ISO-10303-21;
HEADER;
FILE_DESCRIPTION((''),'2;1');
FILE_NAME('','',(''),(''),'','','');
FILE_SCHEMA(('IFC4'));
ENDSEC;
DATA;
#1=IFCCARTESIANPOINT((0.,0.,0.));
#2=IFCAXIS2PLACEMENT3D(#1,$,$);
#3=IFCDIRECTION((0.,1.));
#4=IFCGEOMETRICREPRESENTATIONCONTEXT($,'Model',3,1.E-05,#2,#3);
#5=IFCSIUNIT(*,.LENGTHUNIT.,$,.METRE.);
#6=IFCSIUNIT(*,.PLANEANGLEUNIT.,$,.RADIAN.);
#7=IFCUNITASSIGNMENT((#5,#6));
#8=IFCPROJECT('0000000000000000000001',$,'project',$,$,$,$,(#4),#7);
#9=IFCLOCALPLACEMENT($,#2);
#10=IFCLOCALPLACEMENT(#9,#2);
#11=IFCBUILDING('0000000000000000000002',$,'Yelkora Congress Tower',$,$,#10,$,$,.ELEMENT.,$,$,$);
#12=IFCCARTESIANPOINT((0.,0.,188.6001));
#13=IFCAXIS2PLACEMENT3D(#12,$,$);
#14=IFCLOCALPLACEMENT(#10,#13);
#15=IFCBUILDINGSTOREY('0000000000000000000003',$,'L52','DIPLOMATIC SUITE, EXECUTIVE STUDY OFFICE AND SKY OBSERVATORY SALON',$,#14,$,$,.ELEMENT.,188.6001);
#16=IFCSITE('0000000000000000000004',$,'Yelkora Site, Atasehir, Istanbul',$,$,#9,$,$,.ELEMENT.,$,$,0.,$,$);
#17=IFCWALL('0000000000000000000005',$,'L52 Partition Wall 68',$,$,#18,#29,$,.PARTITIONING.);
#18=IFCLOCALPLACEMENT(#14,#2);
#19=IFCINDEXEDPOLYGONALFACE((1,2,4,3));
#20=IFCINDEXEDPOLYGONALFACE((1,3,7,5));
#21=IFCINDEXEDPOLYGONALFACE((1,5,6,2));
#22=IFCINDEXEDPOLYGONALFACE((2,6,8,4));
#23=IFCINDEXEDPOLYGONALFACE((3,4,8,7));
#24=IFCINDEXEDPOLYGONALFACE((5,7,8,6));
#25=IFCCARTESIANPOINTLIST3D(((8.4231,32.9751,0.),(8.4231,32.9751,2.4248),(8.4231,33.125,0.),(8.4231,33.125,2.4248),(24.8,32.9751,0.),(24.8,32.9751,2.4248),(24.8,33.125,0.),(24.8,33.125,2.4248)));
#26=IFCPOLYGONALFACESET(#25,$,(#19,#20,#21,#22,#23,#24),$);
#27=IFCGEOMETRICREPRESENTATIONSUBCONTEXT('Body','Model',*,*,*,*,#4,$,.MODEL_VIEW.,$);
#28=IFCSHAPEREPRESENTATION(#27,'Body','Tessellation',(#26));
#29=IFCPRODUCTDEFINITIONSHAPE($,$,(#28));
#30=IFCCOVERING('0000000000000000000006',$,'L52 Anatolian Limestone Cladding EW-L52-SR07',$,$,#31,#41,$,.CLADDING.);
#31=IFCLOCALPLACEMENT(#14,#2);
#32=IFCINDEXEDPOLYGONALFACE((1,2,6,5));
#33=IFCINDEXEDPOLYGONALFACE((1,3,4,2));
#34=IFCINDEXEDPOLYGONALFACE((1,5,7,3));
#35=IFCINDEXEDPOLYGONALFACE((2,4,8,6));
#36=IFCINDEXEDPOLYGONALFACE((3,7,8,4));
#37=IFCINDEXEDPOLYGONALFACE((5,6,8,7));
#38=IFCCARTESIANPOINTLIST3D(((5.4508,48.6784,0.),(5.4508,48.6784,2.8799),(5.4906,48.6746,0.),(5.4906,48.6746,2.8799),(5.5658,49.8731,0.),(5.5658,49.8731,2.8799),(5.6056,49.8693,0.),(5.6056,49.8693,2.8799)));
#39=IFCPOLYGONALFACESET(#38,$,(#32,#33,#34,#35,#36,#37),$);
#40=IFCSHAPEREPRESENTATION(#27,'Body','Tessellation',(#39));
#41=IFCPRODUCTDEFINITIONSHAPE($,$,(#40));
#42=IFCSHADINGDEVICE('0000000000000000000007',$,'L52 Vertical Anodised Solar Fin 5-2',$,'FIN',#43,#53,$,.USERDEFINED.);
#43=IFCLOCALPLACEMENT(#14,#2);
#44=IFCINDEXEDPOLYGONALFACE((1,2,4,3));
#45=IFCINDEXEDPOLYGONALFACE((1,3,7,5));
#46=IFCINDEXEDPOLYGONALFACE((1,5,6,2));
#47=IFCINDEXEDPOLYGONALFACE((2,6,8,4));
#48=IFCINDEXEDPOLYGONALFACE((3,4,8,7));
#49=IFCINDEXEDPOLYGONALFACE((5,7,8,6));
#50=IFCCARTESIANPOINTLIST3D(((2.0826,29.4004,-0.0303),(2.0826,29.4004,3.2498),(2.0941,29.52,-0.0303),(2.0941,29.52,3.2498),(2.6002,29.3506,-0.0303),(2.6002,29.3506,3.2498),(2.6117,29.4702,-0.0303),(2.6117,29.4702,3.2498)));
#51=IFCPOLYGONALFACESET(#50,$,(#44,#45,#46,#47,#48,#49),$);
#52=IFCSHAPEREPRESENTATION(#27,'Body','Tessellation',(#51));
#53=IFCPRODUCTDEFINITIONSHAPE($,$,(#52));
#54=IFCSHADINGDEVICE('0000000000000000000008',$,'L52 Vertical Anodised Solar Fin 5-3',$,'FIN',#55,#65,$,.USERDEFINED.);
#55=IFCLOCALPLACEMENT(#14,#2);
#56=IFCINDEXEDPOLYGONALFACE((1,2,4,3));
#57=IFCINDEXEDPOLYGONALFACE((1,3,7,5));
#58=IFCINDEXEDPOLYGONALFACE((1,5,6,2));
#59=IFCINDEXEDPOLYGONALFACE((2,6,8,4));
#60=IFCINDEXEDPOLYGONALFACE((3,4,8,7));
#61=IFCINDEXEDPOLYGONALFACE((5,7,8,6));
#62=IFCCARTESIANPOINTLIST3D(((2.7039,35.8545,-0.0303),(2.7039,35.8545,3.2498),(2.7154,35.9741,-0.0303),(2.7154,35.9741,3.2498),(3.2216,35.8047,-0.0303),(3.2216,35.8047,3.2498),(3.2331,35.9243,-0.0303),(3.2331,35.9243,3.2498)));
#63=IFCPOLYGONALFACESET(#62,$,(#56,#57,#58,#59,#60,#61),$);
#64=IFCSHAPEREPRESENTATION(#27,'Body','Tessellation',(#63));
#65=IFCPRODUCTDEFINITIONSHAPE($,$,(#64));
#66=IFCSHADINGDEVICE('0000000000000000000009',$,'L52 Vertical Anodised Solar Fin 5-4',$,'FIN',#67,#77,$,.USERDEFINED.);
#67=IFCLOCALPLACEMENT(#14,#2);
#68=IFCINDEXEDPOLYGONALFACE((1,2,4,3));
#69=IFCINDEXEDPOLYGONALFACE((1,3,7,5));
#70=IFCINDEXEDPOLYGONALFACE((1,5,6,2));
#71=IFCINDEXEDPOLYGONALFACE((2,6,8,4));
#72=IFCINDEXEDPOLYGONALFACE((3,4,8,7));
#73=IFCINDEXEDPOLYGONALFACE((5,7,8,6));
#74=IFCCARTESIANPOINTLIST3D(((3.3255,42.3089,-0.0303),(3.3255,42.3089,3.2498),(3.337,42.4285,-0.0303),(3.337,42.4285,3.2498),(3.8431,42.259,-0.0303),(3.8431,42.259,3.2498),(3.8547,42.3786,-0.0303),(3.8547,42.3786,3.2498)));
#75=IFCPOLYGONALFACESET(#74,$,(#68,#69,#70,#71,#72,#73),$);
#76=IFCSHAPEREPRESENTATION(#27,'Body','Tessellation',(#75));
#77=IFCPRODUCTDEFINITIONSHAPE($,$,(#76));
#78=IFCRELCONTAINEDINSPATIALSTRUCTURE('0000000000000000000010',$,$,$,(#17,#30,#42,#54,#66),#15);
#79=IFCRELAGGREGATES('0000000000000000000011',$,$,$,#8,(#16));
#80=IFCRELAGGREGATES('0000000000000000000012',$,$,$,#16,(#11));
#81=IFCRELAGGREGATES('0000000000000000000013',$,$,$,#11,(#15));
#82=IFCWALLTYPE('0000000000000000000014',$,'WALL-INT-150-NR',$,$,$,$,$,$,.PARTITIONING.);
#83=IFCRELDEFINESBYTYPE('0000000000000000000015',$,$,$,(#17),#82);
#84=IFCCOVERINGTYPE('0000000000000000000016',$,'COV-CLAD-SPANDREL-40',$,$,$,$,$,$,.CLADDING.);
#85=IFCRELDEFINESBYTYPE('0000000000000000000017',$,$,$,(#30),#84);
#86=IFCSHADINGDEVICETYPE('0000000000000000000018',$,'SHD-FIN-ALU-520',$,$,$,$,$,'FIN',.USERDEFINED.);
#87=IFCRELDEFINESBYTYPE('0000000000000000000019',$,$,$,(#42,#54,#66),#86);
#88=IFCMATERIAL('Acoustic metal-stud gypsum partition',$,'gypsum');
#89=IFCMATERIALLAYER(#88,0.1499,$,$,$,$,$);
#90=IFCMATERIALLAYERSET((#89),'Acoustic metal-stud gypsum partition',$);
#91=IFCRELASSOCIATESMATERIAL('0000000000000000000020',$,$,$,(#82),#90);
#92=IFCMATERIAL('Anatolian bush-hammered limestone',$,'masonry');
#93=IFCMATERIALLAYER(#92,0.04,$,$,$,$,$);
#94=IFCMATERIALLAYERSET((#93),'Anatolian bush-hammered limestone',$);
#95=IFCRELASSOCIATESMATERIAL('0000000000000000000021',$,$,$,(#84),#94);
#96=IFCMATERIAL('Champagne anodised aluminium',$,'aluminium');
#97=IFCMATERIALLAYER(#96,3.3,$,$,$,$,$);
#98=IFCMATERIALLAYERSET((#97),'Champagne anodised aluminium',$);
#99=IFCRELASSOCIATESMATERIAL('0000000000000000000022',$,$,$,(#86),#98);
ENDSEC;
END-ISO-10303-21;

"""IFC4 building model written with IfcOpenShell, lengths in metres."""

from ifc_helpers import new_model, si_unit, direction, frame, frame_2d, origin, origin_2d, place, context, subcontext, project, spatial, rectangle, extrude, material, layer, layer_set, type_object, element, save


model = new_model("IFC4")

# Units and contexts
model_context = context("Model", 3, precision=1e-05, world=origin(), true_north=direction((0.0, 1.0)))
body_context = subcontext(model_context, "Body", "Model", "MODEL_VIEW")
ifc_project = project(units=[si_unit("LENGTHUNIT", "METRE"), si_unit("PLANEANGLEUNIT", "RADIAN")], contexts=[model_context])

# Site, building, storey
site_placement = place(None, origin())
site = spatial("IfcSite", under=ifc_project, at=site_placement, Name="Yelkora Site, Atasehir, Istanbul", CompositionType="ELEMENT", RefElevation=0.0)
building_placement = place(site_placement, origin())
building = spatial("IfcBuilding", under=site, at=building_placement, Name="Yelkora Congress Tower", CompositionType="ELEMENT")
storey_placement = place(building_placement, frame((0.0, 0.0, 188.6001)))
storey = spatial("IfcBuildingStorey", under=building, at=storey_placement, Name="L52", Description="DIPLOMATIC SUITE, EXECUTIVE STUDY OFFICE AND SKY OBSERVATORY SALON", CompositionType="ELEMENT", Elevation=188.6001)

# Wall
ifc_material_1 = material(Name="Acoustic metal-stud gypsum partition", Category="gypsum")
ifc_layer_1 = layer(ifc_material_1, 0.1499)
ifc_layer_set_1 = layer_set([ifc_layer_1], Name="Acoustic metal-stud gypsum partition")
wall_type_1 = type_object("IfcWallType", Name="WALL-INT-150-NR", PredefinedType="PARTITIONING", material=ifc_layer_set_1)
wall_1_placement = place(storey_placement, frame((8.4231, 33.05, 0.0), z_axis=(0.0, 0.0, 1.0), x_axis=(1.0, 0.0, 0.0)))
element("IfcWall", 1, at=wall_1_placement, inside=storey, type_object=wall_type_1, Name="L52 Partition Wall 68", PredefinedType="PARTITIONING", context=body_context, shape_type="SweptSolid", body=[
    extrude(rectangle(XDim=16.377, YDim=0.1499, at=frame_2d((8.1885, 0.0))), origin(), (0.0, 0.0, 1.0), 2.4248),
])

# Covering
ifc_material_2 = material(Name="Anatolian bush-hammered limestone", Category="masonry")
ifc_layer_2 = layer(ifc_material_2, 0.04)
ifc_layer_set_2 = layer_set([ifc_layer_2], Name="Anatolian bush-hammered limestone")
covering_type = type_object("IfcCoveringType", Name="COV-CLAD-SPANDREL-40", PredefinedType="CLADDING", material=ifc_layer_set_2)
covering_placement = place(storey_placement, frame((5.4707, 48.6765, 0.0), z_axis=(0.0, 0.0, 1.0), x_axis=(0.095817, 0.995399, 0.0)))
element("IfcCovering", 2, at=covering_placement, inside=storey, type_object=covering_type, Name="L52 Anatolian Limestone Cladding EW-L52-SR07", PredefinedType="CLADDING", context=body_context, shape_type="SweptSolid", body=[
    extrude(rectangle(XDim=1.2002, YDim=0.04, at=frame_2d((0.6001, 0.0))), origin(), (0.0, 0.0, 1.0), 2.8799),
])

# Shading devices
ifc_material_3 = material(Name="Champagne anodised aluminium", Category="aluminium")
ifc_layer_3 = layer(ifc_material_3, 3.3)
ifc_layer_set_3 = layer_set([ifc_layer_3], Name="Champagne anodised aluminium")
shading_device_type = type_object("IfcShadingDeviceType", Name="SHD-FIN-ALU-520", ElementType="FIN", PredefinedType="USERDEFINED", material=ifc_layer_set_3)
for number, where, z_axis, x_axis, name in (
    (3, (2.3472, 29.4353, -0.0303), (0.0, 0.0, 1.0), (0.095846, 0.995396, 0.0), "L52 Vertical Anodised Solar Fin 5-2"),
    (4, (2.9685, 35.8894, -0.0303), (0.0, 0.0, 1.0), (0.095846, 0.995396, 0.0), "L52 Vertical Anodised Solar Fin 5-3"),
    (5, (3.5901, 42.3438, -0.0303), (0.0, 0.0, 1.0), (0.095846, 0.995396, 0.0), "L52 Vertical Anodised Solar Fin 5-4"),
):
    element("IfcShadingDevice", number, at=place(storey_placement, frame(where, z_axis=z_axis, x_axis=x_axis)), inside=storey, type_object=shading_device_type, Name=name, ObjectType="FIN", PredefinedType="USERDEFINED", context=body_context, shape_type="SweptSolid", body=[
        extrude(rectangle(XDim=0.1201, YDim=0.52, at=origin_2d()), origin(), (0.0, 0.0, 1.0), 3.28),
    ])

save(model, "model.ifc")
